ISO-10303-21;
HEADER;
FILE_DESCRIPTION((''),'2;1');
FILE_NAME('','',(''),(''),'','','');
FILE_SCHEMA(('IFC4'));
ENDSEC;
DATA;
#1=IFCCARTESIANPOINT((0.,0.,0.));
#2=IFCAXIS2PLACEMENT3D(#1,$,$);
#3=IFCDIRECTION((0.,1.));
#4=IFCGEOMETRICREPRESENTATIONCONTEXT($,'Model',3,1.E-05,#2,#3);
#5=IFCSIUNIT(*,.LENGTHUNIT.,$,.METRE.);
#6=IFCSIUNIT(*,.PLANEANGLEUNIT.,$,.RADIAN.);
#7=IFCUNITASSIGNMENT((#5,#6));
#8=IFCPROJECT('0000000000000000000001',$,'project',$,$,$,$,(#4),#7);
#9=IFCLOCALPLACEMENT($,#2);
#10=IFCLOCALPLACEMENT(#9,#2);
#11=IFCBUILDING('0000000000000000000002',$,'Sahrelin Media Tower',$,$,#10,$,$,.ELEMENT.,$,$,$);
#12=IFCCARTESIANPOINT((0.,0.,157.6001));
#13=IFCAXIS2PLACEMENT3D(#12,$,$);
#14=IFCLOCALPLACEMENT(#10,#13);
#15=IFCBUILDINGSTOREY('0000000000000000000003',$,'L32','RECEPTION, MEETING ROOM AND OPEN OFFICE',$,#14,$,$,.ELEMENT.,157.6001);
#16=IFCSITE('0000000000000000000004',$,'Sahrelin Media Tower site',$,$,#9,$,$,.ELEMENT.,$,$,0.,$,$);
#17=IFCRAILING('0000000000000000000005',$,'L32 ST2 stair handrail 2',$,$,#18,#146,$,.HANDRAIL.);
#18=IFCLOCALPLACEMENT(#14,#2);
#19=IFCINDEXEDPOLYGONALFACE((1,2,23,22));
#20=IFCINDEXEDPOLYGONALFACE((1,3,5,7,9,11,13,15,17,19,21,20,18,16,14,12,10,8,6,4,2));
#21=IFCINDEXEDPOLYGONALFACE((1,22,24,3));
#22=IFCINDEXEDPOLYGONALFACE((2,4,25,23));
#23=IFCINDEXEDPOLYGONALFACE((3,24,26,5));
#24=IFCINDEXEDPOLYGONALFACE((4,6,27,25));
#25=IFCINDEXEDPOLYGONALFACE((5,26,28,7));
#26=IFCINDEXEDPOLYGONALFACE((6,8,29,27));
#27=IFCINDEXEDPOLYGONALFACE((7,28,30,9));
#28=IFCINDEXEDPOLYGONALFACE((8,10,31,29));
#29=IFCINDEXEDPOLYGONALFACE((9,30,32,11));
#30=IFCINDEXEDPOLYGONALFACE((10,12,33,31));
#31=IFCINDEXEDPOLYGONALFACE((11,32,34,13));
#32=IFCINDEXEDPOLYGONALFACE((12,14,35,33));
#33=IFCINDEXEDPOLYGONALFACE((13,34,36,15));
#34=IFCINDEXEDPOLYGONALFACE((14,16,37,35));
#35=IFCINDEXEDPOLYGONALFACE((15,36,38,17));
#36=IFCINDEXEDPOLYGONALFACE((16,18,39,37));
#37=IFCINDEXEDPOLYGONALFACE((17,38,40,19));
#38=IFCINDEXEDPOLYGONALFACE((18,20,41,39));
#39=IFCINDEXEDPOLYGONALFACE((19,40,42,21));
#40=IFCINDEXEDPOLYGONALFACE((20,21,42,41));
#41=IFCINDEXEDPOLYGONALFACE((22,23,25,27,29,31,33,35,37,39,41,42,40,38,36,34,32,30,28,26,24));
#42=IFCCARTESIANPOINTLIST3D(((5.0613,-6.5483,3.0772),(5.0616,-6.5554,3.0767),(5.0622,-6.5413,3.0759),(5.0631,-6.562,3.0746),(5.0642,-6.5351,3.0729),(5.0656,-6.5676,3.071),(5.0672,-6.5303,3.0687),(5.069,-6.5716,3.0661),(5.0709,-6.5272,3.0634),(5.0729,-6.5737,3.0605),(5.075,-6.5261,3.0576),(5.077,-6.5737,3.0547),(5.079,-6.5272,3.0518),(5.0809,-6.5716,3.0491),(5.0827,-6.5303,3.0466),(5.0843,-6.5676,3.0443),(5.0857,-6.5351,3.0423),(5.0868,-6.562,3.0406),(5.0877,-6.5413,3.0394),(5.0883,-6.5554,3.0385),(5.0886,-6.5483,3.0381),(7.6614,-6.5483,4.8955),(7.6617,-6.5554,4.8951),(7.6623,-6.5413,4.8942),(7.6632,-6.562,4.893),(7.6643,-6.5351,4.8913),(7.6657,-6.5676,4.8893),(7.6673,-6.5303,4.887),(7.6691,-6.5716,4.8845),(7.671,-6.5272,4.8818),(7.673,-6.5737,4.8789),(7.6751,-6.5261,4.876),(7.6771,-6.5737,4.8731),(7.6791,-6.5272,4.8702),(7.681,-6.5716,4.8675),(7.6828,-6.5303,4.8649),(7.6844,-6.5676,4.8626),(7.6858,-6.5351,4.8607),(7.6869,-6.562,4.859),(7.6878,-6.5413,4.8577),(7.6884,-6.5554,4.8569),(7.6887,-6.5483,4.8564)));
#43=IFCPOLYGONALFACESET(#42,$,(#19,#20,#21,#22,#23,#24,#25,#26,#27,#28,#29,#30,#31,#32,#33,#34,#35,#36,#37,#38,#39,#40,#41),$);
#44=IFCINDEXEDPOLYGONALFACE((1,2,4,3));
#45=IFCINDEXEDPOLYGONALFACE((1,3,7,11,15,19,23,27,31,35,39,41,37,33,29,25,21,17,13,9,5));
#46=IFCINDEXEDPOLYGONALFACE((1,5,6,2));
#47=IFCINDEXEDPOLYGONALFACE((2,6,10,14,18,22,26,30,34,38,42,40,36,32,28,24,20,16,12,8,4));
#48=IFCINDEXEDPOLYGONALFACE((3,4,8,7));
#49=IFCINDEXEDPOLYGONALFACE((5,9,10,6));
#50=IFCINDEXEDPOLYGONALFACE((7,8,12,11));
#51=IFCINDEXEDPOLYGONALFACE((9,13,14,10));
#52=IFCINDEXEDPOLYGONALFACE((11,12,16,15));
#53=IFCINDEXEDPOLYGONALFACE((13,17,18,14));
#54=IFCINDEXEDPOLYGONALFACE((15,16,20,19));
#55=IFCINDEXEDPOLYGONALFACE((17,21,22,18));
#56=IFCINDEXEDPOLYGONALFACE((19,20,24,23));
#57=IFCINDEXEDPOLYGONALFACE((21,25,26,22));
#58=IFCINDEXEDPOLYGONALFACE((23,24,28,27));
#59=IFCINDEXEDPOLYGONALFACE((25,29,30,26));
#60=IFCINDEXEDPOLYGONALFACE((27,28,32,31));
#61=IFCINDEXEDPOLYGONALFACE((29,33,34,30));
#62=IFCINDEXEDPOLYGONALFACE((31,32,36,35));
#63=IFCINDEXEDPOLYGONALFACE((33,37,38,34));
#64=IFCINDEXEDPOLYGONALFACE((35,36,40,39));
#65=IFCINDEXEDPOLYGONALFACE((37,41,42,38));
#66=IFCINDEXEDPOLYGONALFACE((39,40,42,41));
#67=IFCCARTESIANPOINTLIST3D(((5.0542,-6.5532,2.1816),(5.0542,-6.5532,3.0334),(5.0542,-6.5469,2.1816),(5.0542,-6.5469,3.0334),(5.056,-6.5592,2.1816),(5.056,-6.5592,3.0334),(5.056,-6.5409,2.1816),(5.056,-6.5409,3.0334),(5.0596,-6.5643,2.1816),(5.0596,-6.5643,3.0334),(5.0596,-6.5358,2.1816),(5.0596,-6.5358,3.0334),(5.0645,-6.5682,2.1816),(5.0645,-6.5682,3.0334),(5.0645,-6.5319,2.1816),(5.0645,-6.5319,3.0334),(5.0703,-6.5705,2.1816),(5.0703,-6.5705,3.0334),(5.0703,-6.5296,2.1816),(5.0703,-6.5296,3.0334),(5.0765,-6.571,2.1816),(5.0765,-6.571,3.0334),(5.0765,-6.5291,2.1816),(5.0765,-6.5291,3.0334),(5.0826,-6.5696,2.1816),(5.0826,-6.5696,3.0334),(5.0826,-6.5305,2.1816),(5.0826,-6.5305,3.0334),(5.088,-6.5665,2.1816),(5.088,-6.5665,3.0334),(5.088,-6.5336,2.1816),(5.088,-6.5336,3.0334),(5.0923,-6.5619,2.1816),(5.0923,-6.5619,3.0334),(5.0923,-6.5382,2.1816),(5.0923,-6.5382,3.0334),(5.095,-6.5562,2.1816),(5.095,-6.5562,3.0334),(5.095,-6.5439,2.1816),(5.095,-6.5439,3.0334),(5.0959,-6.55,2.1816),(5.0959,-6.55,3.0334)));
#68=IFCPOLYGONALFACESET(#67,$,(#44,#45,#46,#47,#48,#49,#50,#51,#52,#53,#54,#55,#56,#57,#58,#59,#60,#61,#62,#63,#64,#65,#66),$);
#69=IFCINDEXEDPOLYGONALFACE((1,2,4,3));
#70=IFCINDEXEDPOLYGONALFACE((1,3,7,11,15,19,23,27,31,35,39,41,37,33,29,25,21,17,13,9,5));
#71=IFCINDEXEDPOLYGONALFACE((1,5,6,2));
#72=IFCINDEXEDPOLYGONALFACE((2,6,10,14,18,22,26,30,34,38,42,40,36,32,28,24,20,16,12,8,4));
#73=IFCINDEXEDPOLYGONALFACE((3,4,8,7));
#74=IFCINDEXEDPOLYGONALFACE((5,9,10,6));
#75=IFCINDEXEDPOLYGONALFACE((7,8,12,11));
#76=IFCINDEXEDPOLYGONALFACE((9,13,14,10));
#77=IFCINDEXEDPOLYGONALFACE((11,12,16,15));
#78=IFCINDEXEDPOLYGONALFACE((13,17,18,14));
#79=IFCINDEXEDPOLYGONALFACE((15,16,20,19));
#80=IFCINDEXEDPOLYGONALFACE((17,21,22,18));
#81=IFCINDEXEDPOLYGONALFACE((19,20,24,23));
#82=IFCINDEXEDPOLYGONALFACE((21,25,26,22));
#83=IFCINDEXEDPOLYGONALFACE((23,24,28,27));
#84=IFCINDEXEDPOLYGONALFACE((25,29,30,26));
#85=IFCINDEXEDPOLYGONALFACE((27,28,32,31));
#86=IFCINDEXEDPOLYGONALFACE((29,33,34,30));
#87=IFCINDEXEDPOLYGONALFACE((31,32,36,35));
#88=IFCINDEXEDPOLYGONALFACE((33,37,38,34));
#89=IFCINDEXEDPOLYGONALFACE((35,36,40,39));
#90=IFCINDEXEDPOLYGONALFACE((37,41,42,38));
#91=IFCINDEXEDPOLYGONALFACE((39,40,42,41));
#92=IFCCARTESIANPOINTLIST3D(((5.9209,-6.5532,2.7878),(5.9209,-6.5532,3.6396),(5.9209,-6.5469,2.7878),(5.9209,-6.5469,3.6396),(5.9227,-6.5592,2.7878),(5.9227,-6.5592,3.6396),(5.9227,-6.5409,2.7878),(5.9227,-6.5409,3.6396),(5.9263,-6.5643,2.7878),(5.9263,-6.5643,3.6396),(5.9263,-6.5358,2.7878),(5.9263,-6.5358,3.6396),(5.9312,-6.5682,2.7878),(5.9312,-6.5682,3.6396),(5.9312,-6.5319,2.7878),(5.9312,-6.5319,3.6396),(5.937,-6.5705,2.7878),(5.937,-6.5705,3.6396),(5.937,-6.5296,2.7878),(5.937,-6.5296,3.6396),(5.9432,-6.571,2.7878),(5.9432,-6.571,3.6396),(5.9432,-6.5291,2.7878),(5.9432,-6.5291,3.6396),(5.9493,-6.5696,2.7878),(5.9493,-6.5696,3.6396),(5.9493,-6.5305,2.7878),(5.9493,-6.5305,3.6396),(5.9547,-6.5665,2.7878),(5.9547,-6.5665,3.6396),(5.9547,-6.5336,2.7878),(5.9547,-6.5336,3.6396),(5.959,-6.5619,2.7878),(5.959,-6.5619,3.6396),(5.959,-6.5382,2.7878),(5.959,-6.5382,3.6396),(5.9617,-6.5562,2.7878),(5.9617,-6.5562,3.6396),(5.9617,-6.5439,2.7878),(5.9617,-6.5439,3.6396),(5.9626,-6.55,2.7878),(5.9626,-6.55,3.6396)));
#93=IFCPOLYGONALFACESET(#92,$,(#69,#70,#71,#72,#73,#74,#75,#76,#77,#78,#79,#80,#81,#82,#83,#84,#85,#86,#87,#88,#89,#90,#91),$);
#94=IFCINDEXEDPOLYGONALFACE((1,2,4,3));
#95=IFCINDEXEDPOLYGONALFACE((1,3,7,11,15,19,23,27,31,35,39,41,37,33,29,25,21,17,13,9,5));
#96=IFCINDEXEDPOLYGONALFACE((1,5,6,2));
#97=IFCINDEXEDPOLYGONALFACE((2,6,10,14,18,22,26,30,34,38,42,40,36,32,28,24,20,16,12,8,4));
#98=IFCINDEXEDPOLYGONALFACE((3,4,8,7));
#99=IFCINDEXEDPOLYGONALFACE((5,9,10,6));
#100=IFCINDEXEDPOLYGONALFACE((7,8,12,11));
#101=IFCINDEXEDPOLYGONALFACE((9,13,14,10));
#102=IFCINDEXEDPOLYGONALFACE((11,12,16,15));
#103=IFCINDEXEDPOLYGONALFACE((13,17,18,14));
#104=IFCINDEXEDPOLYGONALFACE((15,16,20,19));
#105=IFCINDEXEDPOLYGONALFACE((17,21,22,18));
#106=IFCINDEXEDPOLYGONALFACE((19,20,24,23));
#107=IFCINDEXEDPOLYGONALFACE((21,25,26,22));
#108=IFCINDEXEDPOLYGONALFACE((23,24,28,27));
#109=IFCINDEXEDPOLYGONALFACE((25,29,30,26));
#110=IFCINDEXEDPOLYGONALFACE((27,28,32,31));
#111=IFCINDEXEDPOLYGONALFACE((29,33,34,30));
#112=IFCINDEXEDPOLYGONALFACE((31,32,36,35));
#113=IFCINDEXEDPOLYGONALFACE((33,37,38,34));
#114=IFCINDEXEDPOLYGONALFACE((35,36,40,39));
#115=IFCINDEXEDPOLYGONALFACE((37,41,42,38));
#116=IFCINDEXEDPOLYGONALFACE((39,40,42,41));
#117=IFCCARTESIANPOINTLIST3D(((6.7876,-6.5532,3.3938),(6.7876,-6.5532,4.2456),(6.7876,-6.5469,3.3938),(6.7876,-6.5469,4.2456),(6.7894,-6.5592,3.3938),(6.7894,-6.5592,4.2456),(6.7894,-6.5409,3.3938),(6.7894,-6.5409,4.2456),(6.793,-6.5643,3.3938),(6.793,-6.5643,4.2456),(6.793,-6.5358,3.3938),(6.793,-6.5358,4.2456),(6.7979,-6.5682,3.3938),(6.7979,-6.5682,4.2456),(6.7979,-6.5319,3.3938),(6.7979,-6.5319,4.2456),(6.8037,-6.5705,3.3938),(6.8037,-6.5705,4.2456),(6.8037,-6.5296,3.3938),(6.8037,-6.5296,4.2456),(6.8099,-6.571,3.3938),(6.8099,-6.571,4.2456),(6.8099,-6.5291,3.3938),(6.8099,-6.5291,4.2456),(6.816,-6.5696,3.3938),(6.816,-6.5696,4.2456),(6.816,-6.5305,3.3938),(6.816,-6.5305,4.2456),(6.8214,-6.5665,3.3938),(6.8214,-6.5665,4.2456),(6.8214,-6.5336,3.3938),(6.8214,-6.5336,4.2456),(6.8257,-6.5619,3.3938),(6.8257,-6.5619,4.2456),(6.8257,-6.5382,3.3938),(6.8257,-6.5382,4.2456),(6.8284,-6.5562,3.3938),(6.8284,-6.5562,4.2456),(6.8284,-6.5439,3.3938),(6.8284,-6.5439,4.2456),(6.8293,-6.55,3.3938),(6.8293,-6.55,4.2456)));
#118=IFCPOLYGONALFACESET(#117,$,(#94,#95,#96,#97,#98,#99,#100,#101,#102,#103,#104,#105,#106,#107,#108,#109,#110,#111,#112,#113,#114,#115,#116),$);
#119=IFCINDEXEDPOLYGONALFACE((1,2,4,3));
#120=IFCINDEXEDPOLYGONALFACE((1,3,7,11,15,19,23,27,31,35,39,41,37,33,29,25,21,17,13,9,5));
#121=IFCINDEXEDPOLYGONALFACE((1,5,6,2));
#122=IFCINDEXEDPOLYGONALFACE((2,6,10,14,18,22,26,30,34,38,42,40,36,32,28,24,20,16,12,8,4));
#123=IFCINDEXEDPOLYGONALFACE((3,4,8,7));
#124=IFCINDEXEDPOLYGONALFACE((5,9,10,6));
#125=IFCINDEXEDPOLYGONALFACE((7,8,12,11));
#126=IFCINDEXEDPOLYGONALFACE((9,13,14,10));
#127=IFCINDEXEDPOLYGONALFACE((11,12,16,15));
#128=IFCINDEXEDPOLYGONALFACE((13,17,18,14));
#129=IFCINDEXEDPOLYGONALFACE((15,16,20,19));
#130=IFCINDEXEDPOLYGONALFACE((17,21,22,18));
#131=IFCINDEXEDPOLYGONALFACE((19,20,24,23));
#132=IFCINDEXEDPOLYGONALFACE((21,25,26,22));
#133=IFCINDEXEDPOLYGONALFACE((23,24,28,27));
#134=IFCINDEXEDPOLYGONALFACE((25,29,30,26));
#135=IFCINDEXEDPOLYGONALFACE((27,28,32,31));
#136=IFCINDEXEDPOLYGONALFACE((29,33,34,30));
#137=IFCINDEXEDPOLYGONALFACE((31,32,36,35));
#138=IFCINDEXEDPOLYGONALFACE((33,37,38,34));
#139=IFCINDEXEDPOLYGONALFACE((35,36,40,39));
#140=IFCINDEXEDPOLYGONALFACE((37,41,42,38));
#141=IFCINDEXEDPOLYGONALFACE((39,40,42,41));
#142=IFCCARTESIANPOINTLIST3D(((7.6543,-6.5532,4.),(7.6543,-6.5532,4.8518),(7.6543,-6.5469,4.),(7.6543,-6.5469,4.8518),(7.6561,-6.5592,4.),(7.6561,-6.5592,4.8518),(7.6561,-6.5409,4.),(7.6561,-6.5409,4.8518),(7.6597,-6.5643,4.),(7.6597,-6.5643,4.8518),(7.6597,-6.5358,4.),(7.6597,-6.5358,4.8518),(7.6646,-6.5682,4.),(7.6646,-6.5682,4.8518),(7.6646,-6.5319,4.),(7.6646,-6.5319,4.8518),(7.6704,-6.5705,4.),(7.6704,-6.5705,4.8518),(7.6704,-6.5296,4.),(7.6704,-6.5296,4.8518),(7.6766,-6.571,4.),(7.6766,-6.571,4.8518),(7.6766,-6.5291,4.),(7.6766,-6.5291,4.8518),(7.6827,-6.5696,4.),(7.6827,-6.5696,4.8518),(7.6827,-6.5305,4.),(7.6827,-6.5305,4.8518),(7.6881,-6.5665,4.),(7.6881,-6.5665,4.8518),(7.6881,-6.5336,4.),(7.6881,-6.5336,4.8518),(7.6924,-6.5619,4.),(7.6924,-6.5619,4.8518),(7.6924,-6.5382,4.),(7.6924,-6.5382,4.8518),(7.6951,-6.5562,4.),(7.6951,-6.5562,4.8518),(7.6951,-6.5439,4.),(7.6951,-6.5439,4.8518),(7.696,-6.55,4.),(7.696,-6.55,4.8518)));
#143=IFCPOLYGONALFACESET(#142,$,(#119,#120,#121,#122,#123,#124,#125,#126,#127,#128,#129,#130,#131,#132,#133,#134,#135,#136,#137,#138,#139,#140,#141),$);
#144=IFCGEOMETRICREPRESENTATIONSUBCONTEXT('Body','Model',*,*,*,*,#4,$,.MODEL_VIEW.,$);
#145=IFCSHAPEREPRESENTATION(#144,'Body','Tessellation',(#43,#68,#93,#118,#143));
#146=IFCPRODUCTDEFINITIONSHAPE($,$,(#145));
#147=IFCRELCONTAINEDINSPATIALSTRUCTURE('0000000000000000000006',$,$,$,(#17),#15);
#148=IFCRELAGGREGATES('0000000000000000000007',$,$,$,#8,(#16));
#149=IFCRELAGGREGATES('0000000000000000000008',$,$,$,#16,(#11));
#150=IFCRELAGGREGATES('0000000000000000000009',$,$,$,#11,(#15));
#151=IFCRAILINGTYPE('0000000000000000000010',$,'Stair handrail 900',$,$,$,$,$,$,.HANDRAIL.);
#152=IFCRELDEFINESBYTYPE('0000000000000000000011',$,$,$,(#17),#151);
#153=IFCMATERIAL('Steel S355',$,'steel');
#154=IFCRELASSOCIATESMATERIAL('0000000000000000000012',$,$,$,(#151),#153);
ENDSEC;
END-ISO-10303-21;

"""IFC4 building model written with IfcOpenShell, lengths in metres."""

from ifc_helpers import new_model, si_unit, direction, frame, origin, origin_2d, place, context, subcontext, project, spatial, circle, extrude, material, type_object, element, save


model = new_model("IFC4")

# Units and contexts
model_context = context("Model", 3, precision=1e-05, world=origin(), true_north=direction((0.0, 1.0)))
body_context = subcontext(model_context, "Body", "Model", "MODEL_VIEW")
ifc_project = project(units=[si_unit("LENGTHUNIT", "METRE"), si_unit("PLANEANGLEUNIT", "RADIAN")], contexts=[model_context])

# Site, building, storey
site_placement = place(None, origin())
site = spatial("IfcSite", under=ifc_project, at=site_placement, Name="Sahrelin Media Tower site", CompositionType="ELEMENT", RefElevation=0.0)
building_placement = place(site_placement, origin())
building = spatial("IfcBuilding", under=site, at=building_placement, Name="Sahrelin Media Tower", CompositionType="ELEMENT")
storey_placement = place(building_placement, frame((0.0, 0.0, 157.6001)))
storey = spatial("IfcBuildingStorey", under=building, at=storey_placement, Name="L32", Description="RECEPTION, MEETING ROOM AND OPEN OFFICE", CompositionType="ELEMENT", Elevation=157.6001)

# Shared definitions
ifc_material_1 = material(Name="Steel S355", Category="steel")

# Railing
railing_type_1 = type_object("IfcRailingType", Name="Stair handrail 900", PredefinedType="HANDRAIL", material=ifc_material_1)
railing_1_placement = place(storey_placement, frame((5.075, -6.55, 2.1816)))
element("IfcRailing", 1, at=railing_1_placement, inside=storey, type_object=railing_type_1, Name="L32 ST2 stair handrail 2", PredefinedType="HANDRAIL", context=body_context, shape_type="SweptSolid", body=[
    extrude(circle(Radius=0.0239, at=origin_2d()), frame((0.0, 0.0, 0.876), z_axis=(0.819485, 0.0, 0.573101), x_axis=(0.0, 1.0, 0.0)), (0.0, 0.0, 1.0), 3.1729),
    extrude(circle(Radius=0.021, at=origin_2d()), origin(), (0.0, 0.0, 1.0), 0.8518),
    extrude(circle(Radius=0.021, at=origin_2d()), frame((0.8667, 0.0, 0.6062)), (0.0, 0.0, 1.0), 0.8518),
    extrude(circle(Radius=0.021, at=origin_2d()), frame((1.7334, 0.0, 1.2122)), (0.0, 0.0, 1.0), 0.8518),
    extrude(circle(Radius=0.021, at=origin_2d()), frame((2.6001, 0.0, 1.8184)), (0.0, 0.0, 1.0), 0.8518),
])

save(model, "model.ifc")
